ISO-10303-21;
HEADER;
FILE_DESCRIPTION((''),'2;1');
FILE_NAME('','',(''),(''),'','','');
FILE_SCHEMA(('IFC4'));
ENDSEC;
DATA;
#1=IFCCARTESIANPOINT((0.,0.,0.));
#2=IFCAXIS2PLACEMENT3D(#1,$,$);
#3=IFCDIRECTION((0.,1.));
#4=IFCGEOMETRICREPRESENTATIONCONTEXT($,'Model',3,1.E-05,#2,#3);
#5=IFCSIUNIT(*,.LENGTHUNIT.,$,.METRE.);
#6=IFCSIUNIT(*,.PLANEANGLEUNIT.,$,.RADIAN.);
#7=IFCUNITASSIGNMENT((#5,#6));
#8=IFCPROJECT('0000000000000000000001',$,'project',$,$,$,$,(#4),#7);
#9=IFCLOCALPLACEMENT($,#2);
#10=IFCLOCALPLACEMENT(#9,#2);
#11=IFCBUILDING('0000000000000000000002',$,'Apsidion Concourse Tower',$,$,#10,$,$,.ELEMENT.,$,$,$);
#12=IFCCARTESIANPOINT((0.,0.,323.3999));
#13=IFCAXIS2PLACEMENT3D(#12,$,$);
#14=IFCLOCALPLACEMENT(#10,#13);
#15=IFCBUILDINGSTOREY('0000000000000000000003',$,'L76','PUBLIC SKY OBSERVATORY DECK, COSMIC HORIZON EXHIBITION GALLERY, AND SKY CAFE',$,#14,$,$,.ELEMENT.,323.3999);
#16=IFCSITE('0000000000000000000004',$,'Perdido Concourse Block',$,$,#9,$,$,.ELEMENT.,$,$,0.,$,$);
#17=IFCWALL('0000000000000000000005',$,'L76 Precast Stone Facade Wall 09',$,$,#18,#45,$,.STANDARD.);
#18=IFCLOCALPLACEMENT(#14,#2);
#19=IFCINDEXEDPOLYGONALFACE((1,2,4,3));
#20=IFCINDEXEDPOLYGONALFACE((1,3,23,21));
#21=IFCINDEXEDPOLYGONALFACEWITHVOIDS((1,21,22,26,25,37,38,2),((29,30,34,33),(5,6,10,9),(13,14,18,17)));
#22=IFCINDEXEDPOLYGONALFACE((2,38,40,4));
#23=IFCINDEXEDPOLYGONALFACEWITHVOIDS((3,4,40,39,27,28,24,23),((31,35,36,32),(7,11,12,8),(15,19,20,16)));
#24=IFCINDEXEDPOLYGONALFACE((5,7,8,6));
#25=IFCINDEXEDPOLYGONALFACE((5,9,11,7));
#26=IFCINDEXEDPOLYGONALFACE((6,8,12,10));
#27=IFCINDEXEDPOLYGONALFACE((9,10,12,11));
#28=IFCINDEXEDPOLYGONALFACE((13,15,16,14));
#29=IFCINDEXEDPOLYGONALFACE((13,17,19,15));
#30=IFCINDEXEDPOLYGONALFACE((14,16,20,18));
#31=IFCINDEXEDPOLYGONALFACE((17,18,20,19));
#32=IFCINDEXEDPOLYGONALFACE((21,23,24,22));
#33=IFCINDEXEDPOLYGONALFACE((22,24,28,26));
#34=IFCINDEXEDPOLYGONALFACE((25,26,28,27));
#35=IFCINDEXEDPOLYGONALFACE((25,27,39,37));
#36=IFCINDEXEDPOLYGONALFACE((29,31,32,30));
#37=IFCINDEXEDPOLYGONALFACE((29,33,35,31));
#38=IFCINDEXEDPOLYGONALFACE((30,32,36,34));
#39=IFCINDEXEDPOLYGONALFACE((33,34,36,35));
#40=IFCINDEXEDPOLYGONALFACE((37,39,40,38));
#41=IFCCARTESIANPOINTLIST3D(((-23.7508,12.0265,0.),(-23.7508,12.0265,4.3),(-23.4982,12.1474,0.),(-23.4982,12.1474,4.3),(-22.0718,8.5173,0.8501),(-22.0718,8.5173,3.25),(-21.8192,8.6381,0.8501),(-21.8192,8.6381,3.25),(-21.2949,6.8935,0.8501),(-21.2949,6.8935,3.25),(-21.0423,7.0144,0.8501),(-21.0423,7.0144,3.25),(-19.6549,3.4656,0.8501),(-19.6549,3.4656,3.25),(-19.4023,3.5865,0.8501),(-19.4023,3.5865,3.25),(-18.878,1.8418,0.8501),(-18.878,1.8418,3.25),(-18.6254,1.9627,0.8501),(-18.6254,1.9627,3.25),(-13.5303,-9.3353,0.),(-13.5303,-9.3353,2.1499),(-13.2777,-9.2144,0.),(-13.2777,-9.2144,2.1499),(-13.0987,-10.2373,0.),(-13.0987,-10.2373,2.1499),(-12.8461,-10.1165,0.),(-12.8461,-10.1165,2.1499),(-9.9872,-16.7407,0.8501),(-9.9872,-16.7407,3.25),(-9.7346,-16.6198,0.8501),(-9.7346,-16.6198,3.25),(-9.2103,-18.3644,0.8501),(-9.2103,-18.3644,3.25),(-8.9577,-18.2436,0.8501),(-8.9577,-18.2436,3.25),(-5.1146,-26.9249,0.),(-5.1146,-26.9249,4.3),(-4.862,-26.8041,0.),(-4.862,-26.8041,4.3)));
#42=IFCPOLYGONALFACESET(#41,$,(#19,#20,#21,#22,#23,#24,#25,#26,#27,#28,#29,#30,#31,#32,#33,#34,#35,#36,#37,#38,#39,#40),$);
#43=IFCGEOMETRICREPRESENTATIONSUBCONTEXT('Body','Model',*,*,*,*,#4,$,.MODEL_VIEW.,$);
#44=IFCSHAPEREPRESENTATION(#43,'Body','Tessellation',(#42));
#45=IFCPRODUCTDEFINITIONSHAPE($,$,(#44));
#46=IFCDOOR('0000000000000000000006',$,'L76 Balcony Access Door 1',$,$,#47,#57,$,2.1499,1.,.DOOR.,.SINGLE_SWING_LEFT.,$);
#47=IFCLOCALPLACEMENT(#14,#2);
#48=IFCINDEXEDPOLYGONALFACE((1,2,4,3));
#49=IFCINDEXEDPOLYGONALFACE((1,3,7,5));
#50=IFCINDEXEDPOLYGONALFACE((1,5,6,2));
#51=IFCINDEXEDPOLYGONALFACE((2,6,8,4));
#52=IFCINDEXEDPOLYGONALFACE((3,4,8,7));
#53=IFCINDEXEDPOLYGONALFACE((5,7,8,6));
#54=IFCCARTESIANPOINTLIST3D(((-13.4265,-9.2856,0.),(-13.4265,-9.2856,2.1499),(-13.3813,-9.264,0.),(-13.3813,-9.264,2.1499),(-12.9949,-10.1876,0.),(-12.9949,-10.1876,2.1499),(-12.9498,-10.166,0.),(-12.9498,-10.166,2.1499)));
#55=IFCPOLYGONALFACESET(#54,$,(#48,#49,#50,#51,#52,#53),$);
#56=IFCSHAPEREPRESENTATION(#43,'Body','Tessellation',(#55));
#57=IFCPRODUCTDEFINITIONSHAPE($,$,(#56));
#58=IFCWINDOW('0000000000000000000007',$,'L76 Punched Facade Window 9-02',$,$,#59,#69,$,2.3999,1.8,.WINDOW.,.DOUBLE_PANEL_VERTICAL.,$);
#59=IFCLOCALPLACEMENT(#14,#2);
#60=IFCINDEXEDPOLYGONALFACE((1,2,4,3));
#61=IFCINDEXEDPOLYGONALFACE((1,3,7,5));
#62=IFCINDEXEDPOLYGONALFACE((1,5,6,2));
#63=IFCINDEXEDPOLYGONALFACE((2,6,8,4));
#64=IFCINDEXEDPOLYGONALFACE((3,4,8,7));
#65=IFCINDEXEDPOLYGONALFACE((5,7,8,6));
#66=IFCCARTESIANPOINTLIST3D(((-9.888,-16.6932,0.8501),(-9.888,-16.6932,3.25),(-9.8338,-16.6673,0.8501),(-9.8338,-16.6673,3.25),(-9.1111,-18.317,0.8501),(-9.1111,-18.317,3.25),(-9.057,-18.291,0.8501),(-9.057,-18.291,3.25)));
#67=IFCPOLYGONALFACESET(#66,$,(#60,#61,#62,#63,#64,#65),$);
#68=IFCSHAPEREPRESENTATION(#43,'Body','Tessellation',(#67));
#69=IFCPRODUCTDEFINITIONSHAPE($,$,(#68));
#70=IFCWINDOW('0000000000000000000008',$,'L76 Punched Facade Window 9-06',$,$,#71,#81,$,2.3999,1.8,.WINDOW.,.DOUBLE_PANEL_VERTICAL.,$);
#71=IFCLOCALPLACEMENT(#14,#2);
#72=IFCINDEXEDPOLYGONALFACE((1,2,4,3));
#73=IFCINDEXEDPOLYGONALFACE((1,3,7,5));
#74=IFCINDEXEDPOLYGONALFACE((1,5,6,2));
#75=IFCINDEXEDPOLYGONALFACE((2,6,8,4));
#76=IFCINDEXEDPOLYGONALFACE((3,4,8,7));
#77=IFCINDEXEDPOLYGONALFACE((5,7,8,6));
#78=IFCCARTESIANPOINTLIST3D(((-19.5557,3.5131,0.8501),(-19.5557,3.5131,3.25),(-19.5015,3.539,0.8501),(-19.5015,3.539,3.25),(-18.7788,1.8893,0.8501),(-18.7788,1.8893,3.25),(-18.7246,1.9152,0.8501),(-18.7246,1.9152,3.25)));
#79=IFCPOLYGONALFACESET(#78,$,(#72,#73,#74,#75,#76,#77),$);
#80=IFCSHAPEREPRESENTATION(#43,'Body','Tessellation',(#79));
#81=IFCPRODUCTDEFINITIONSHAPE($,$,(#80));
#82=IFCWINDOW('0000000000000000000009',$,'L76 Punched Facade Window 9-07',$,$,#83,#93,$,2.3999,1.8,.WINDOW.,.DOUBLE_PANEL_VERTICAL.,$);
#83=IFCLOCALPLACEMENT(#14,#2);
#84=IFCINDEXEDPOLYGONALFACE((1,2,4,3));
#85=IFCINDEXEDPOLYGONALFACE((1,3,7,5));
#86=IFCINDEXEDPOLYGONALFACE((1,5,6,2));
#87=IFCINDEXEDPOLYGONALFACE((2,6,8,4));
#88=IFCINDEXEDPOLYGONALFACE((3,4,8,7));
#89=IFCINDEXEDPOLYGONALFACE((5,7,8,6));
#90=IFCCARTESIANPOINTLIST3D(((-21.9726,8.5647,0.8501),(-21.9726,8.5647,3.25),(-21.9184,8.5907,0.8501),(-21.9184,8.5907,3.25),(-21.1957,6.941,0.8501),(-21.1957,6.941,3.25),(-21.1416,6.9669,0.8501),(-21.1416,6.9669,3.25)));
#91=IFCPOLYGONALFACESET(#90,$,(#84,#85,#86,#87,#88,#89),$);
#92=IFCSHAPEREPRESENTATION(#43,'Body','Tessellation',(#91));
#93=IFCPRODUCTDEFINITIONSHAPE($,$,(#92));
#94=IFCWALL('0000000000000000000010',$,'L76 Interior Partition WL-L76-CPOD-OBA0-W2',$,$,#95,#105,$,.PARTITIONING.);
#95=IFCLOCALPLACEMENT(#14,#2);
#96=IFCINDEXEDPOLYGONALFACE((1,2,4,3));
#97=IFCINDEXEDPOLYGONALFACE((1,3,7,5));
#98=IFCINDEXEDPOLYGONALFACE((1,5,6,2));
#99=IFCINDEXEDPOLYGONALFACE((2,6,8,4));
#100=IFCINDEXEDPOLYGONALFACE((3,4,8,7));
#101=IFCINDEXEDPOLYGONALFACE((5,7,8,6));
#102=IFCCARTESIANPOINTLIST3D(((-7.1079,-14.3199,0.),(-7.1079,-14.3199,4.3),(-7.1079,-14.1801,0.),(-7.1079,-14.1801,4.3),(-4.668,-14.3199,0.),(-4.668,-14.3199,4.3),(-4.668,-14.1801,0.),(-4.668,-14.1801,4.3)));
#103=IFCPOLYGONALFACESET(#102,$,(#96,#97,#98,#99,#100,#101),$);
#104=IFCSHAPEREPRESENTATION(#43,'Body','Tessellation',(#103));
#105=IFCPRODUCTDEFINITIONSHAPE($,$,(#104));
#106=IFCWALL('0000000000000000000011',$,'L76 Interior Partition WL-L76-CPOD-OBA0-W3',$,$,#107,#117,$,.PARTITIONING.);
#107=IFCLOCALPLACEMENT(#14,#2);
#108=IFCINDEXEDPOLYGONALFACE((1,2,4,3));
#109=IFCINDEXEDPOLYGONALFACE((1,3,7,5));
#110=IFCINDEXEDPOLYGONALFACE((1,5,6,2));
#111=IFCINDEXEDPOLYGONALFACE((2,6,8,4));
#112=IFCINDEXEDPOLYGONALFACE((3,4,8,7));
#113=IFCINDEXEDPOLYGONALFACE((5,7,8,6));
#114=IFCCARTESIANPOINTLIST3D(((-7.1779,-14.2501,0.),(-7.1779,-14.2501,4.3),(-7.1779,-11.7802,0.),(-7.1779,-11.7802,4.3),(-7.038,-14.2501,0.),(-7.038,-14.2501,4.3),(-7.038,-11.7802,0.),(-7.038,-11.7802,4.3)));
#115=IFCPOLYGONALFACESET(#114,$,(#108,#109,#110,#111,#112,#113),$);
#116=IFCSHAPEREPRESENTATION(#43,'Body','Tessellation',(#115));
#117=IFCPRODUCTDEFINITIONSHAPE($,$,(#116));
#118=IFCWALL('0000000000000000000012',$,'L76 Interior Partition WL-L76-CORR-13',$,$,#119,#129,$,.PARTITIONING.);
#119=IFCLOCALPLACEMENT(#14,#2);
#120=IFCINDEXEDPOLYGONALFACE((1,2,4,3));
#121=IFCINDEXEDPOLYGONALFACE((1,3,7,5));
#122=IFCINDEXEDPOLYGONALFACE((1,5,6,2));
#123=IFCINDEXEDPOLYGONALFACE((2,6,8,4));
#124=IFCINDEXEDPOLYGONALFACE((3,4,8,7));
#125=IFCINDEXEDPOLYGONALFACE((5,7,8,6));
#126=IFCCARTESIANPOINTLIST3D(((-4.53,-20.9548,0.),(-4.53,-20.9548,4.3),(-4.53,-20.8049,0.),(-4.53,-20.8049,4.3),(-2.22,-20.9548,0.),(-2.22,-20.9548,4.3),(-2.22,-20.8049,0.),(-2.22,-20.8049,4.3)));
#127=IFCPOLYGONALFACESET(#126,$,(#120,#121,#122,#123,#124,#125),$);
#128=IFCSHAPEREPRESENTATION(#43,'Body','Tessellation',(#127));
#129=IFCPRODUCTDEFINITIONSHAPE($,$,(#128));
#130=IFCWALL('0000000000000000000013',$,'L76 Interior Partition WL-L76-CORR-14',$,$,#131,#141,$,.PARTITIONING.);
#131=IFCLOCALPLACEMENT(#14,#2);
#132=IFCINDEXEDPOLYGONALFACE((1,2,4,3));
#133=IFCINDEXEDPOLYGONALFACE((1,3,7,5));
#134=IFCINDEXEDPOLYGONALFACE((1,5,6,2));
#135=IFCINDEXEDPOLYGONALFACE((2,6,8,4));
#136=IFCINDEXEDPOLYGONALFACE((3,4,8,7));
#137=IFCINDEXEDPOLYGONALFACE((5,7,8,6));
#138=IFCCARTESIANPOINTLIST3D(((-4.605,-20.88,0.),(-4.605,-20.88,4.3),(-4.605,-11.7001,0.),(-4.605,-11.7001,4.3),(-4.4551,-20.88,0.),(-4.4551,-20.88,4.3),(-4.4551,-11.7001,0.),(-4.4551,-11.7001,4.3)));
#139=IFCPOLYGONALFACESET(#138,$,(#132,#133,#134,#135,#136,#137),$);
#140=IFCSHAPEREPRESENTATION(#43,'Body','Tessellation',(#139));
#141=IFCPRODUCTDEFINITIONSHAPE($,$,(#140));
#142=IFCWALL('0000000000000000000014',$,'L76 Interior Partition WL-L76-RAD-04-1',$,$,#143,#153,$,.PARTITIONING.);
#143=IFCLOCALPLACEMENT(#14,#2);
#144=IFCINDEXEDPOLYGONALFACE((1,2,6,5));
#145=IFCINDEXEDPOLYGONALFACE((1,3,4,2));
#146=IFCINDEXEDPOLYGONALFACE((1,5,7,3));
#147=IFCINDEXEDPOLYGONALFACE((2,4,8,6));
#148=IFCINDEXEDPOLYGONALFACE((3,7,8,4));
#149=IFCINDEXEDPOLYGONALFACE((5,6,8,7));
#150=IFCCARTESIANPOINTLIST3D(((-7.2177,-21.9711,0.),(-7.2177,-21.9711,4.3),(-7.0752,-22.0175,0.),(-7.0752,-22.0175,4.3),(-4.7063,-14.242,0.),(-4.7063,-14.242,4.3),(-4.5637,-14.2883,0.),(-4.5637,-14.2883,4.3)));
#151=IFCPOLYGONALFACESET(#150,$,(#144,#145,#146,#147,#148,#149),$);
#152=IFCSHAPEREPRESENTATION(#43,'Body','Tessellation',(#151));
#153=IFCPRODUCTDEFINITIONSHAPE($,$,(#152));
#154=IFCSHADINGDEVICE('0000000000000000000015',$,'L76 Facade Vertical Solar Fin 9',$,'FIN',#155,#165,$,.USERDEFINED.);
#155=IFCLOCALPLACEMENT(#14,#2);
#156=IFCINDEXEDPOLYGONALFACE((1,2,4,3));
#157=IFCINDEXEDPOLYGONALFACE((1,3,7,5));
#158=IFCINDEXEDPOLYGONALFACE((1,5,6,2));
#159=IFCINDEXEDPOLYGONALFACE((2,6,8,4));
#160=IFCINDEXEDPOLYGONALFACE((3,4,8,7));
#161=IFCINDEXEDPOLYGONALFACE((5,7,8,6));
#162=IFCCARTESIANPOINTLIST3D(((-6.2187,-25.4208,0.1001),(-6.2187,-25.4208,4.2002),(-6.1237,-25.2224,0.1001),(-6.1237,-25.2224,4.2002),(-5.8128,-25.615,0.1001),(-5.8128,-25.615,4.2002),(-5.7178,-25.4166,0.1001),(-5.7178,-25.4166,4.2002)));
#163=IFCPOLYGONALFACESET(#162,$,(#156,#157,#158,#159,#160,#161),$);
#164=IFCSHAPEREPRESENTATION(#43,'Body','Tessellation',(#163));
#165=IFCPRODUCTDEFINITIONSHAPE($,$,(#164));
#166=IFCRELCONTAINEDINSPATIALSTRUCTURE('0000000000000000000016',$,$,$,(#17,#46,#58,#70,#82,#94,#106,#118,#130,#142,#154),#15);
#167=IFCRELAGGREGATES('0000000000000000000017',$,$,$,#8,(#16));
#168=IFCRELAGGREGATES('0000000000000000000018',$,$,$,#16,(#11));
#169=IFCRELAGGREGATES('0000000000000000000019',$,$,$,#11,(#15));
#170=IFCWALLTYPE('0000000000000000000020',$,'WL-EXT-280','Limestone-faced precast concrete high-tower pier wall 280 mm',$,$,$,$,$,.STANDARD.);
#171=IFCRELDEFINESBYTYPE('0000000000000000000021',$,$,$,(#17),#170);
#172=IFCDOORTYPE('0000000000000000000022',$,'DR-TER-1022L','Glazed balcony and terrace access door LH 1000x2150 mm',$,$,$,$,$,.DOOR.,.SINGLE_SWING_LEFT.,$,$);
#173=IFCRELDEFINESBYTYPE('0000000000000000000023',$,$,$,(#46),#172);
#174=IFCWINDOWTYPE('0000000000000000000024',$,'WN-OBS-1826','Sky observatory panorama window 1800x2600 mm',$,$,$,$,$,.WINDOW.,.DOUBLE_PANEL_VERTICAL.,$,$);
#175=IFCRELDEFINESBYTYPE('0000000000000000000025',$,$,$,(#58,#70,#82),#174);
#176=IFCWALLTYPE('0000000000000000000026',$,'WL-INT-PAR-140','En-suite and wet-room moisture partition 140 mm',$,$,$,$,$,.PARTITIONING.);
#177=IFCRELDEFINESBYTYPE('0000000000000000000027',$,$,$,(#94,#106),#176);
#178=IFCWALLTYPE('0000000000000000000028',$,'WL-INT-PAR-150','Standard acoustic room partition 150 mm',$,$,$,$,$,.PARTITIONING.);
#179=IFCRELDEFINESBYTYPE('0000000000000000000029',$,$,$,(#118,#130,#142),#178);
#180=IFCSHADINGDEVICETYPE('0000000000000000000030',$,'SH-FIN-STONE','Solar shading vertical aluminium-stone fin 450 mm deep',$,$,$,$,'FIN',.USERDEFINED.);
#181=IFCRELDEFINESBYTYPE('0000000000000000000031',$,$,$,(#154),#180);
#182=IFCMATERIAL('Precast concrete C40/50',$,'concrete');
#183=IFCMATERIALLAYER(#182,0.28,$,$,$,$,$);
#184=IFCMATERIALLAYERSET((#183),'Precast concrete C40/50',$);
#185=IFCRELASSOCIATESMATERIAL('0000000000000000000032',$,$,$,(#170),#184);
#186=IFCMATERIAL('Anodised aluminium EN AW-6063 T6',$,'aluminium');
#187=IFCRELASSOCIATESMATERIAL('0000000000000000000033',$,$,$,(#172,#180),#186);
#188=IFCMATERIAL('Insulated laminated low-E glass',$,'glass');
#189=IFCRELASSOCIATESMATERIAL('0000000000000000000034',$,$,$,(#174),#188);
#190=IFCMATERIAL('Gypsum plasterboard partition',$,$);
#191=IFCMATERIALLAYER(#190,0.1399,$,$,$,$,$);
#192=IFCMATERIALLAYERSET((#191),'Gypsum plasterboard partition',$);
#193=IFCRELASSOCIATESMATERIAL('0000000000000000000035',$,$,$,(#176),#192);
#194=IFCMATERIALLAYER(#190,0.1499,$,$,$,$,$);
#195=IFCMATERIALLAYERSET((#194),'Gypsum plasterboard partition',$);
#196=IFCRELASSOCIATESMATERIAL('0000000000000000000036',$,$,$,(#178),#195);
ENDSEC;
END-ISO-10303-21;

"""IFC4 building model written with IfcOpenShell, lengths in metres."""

from ifc_helpers import new_model, si_unit, direction, frame, frame_2d, origin, origin_2d, place, context, subcontext, project, spatial, rectangle, extrude, material, layer, layer_set, type_object, element, fill, save


model = new_model("IFC4")

# Units and contexts
model_context = context("Model", 3, precision=1e-05, world=origin(), true_north=direction((0.0, 1.0)))
body_context = subcontext(model_context, "Body", "Model", "MODEL_VIEW")
ifc_project = project(units=[si_unit("LENGTHUNIT", "METRE"), si_unit("PLANEANGLEUNIT", "RADIAN")], contexts=[model_context])

# Site, building, storey
site_placement = place(None, origin())
site = spatial("IfcSite", under=ifc_project, at=site_placement, Name="Perdido Concourse Block", CompositionType="ELEMENT", RefElevation=0.0)
building_placement = place(site_placement, origin())
building = spatial("IfcBuilding", under=site, at=building_placement, Name="Apsidion Concourse Tower", CompositionType="ELEMENT")
storey_placement = place(building_placement, frame((0.0, 0.0, 323.3999)))
storey = spatial("IfcBuildingStorey", under=building, at=storey_placement, Name="L76", Description="PUBLIC SKY OBSERVATORY DECK, COSMIC HORIZON EXHIBITION GALLERY, AND SKY CAFE", CompositionType="ELEMENT", Elevation=323.3999)

# Shared definitions
ifc_material_1 = material(Name="Precast concrete C40/50", Category="concrete")
ifc_layer_1 = layer(ifc_material_1, 0.28)
ifc_layer_set_1 = layer_set([ifc_layer_1], Name="Precast concrete C40/50")
wall_type_1 = type_object("IfcWallType", Name="WL-EXT-280", Description="Limestone-faced precast concrete high-tower pier wall 280 mm", PredefinedType="STANDARD", material=ifc_layer_set_1)

# Wall, openings, door, windows
wall_1_placement = place(storey_placement, frame((-4.9883, -26.8645, 0.0), z_axis=(0.0, 0.0, 1.0), x_axis=(-0.431593, 0.902068, 0.0)))
wall_1 = element("IfcWall", 1, at=wall_1_placement, inside=storey, type_object=wall_type_1, Name="L76 Precast Stone Facade Wall 09", PredefinedType="STANDARD", context=body_context, shape_type="SweptSolid", body=[
    extrude(rectangle(XDim=43.1802, YDim=0.28, at=frame_2d((21.5901, 0.0))), origin(), (0.0, 0.0, 1.0), 4.3),
])
opening_1_placement = place(wall_1_placement, frame((18.4993, 0.0, 0.0)))
opening_1 = element("IfcOpeningElement", 2, at=opening_1_placement, cuts=wall_1, PredefinedType="OPENING", context=body_context, shape_type="SweptSolid", body=[
    extrude(rectangle(XDim=1.0, YDim=2.1499, at=frame_2d((0.5, 1.075))), frame((0.0, 0.1499, 0.0), z_axis=(0.0, -1.0, 0.0), x_axis=(1.0, 0.0, 0.0)), (0.0, 0.0, 1.0), 0.3),
])
opening_2_placement = place(wall_1_placement, frame((9.49, 0.0, 0.8501)))
opening_2 = element("IfcOpeningElement", 3, at=opening_2_placement, cuts=wall_1, PredefinedType="OPENING", context=body_context, shape_type="SweptSolid", body=[
    extrude(rectangle(XDim=1.8, YDim=2.3999, at=frame_2d((0.8999, 1.2))), frame((0.0, 0.1499, 0.0), z_axis=(0.0, -1.0, 0.0), x_axis=(1.0, 0.0, 0.0)), (0.0, 0.0, 1.0), 0.3),
])
opening_3_placement = place(wall_1_placement, frame((31.8899, 0.0, 0.8501)))
opening_3 = element("IfcOpeningElement", 4, at=opening_3_placement, cuts=wall_1, PredefinedType="OPENING", context=body_context, shape_type="SweptSolid", body=[
    extrude(rectangle(XDim=1.8, YDim=2.3999, at=frame_2d((0.8999, 1.2))), frame((0.0, 0.1499, 0.0), z_axis=(0.0, -1.0, 0.0), x_axis=(1.0, 0.0, 0.0)), (0.0, 0.0, 1.0), 0.3),
])
opening_4_placement = place(wall_1_placement, frame((37.49, 0.0, 0.8501)))
opening_4 = element("IfcOpeningElement", 5, at=opening_4_placement, cuts=wall_1, PredefinedType="OPENING", context=body_context, shape_type="SweptSolid", body=[
    extrude(rectangle(XDim=1.8, YDim=2.3999, at=frame_2d((0.8999, 1.2))), frame((0.0, 0.1499, 0.0), z_axis=(0.0, -1.0, 0.0), x_axis=(1.0, 0.0, 0.0)), (0.0, 0.0, 1.0), 0.3),
])
ifc_material_2 = material(Name="Anodised aluminium EN AW-6063 T6", Category="aluminium")
door_type = type_object("IfcDoorType", Name="DR-TER-1022L", Description="Glazed balcony and terrace access door LH 1000x2150 mm", OperationType="SINGLE_SWING_LEFT", PredefinedType="DOOR", material=ifc_material_2)
door_placement = place(opening_1_placement, origin())
door = element("IfcDoor", 6, at=door_placement, inside=storey, type_object=door_type, Name="L76 Balcony Access Door 1", OperationType="SINGLE_SWING_LEFT", OverallHeight=2.1499, OverallWidth=1.0, PredefinedType="DOOR", context=body_context, shape_type="SweptSolid", body=[
    extrude(rectangle(XDim=1.0, YDim=2.1499, at=frame_2d((0.5, 1.075))), frame((0.0, 0.0249, 0.0), z_axis=(0.0, -1.0, 0.0), x_axis=(1.0, 0.0, 0.0)), (0.0, 0.0, 1.0), 0.05),
])
fill(opening_1, door)
ifc_material_3 = material(Name="Insulated laminated low-E glass", Category="glass")
window_type = type_object("IfcWindowType", Name="WN-OBS-1826", Description="Sky observatory panorama window 1800x2600 mm", PartitioningType="DOUBLE_PANEL_VERTICAL", PredefinedType="WINDOW", material=ifc_material_3)
window_1_placement = place(opening_2_placement, origin())
window_1 = element("IfcWindow", 7, at=window_1_placement, inside=storey, type_object=window_type, Name="L76 Punched Facade Window 9-02", OverallHeight=2.3999, OverallWidth=1.8, PartitioningType="DOUBLE_PANEL_VERTICAL", PredefinedType="WINDOW", context=body_context, shape_type="SweptSolid", body=[
    extrude(rectangle(XDim=1.8, YDim=2.3999, at=frame_2d((0.8999, 1.2))), frame((0.0, 0.03, 0.0), z_axis=(0.0, -1.0, 0.0), x_axis=(1.0, 0.0, 0.0)), (0.0, 0.0, 1.0), 0.0601),
])
fill(opening_2, window_1)
window_2_placement = place(opening_3_placement, origin())
window_2 = element("IfcWindow", 8, at=window_2_placement, inside=storey, type_object=window_type, Name="L76 Punched Facade Window 9-06", OverallHeight=2.3999, OverallWidth=1.8, PartitioningType="DOUBLE_PANEL_VERTICAL", PredefinedType="WINDOW", context=body_context, shape_type="SweptSolid", body=[
    extrude(rectangle(XDim=1.8, YDim=2.3999, at=frame_2d((0.8999, 1.2))), frame((0.0, 0.03, 0.0), z_axis=(0.0, -1.0, 0.0), x_axis=(1.0, 0.0, 0.0)), (0.0, 0.0, 1.0), 0.0601),
])
fill(opening_3, window_2)
window_3_placement = place(opening_4_placement, origin())
window_3 = element("IfcWindow", 9, at=window_3_placement, inside=storey, type_object=window_type, Name="L76 Punched Facade Window 9-07", OverallHeight=2.3999, OverallWidth=1.8, PartitioningType="DOUBLE_PANEL_VERTICAL", PredefinedType="WINDOW", context=body_context, shape_type="SweptSolid", body=[
    extrude(rectangle(XDim=1.8, YDim=2.3999, at=frame_2d((0.8999, 1.2))), frame((0.0, 0.03, 0.0), z_axis=(0.0, -1.0, 0.0), x_axis=(1.0, 0.0, 0.0)), (0.0, 0.0, 1.0), 0.0601),
])
fill(opening_4, window_3)

# Walls
ifc_material_4 = material(Name="Gypsum plasterboard partition")
ifc_layer_2 = layer(ifc_material_4, 0.1399)
ifc_layer_set_2 = layer_set([ifc_layer_2], Name="Gypsum plasterboard partition")
wall_type_2 = type_object("IfcWallType", Name="WL-INT-PAR-140", Description="En-suite and wet-room moisture partition 140 mm", PredefinedType="PARTITIONING", material=ifc_layer_set_2)
wall_2_placement = place(storey_placement, frame((-4.668, -14.25, 0.0), z_axis=(0.0, 0.0, 1.0), x_axis=(-1.0, 0.0, 0.0)))
element("IfcWall", 10, at=wall_2_placement, inside=storey, type_object=wall_type_2, Name="L76 Interior Partition WL-L76-CPOD-OBA0-W2", PredefinedType="PARTITIONING", context=body_context, shape_type="SweptSolid", body=[
    extrude(rectangle(XDim=2.4399, YDim=0.1399, at=frame_2d((1.22, 0.0))), origin(), (0.0, 0.0, 1.0), 4.3),
])
wall_3_placement = place(storey_placement, frame((-7.1079, -14.25, 0.0), z_axis=(0.0, 0.0, 1.0), x_axis=(0.0, 1.0, 0.0)))
element("IfcWall", 11, at=wall_3_placement, inside=storey, type_object=wall_type_2, Name="L76 Interior Partition WL-L76-CPOD-OBA0-W3", PredefinedType="PARTITIONING", context=body_context, shape_type="SweptSolid", body=[
    extrude(rectangle(XDim=2.47, YDim=0.1399, at=frame_2d((1.2349, 0.0))), origin(), (0.0, 0.0, 1.0), 4.3),
])
ifc_layer_3 = layer(ifc_material_4, 0.1499)
ifc_layer_set_3 = layer_set([ifc_layer_3], Name="Gypsum plasterboard partition")
wall_type_3 = type_object("IfcWallType", Name="WL-INT-PAR-150", Description="Standard acoustic room partition 150 mm", PredefinedType="PARTITIONING", material=ifc_layer_set_3)
wall_4_placement = place(storey_placement, frame((-2.22, -20.8799, 0.0), z_axis=(0.0, 0.0, 1.0), x_axis=(-1.0, 0.0, 0.0)))
element("IfcWall", 12, at=wall_4_placement, inside=storey, type_object=wall_type_3, Name="L76 Interior Partition WL-L76-CORR-13", PredefinedType="PARTITIONING", context=body_context, shape_type="SweptSolid", body=[
    extrude(rectangle(XDim=2.3101, YDim=0.1499, at=frame_2d((1.155, 0.0))), origin(), (0.0, 0.0, 1.0), 4.3),
])
wall_5_placement = place(storey_placement, frame((-4.53, -20.8799, 0.0), z_axis=(0.0, 0.0, 1.0), x_axis=(0.0, 1.0, 0.0)))
element("IfcWall", 13, at=wall_5_placement, inside=storey, type_object=wall_type_3, Name="L76 Interior Partition WL-L76-CORR-14", PredefinedType="PARTITIONING", context=body_context, shape_type="SweptSolid", body=[
    extrude(rectangle(XDim=9.1799, YDim=0.1499, at=frame_2d((4.5898, 0.0))), origin(), (0.0, 0.0, 1.0), 4.3),
])
wall_6_placement = place(storey_placement, frame((-4.635, -14.2651, 0.0), z_axis=(0.0, 0.0, 1.0), x_axis=(-0.309027, -0.951053, 0.0)))
element("IfcWall", 14, at=wall_6_placement, inside=storey, type_object=wall_type_3, Name="L76 Interior Partition WL-L76-RAD-04-1", PredefinedType="PARTITIONING", context=body_context, shape_type="SweptSolid", body=[
    extrude(rectangle(XDim=8.127, YDim=0.1499, at=frame_2d((4.0635, 0.0))), origin(), (0.0, 0.0, 1.0), 4.3),
])

# Shading device
shading_device_type = type_object("IfcShadingDeviceType", Name="SH-FIN-STONE", Description="Solar shading vertical aluminium-stone fin 450 mm deep", ElementType="FIN", PredefinedType="USERDEFINED", material=ifc_material_2)
shading_device_placement = place(storey_placement, frame((-5.9683, -25.4187, 0.1001), z_axis=(0.0, 0.0, 1.0), x_axis=(-0.431613, -0.902059, 0.0)))
element("IfcShadingDevice", 15, at=shading_device_placement, inside=storey, type_object=shading_device_type, Name="L76 Facade Vertical Solar Fin 9", ObjectType="FIN", PredefinedType="USERDEFINED", context=body_context, shape_type="SweptSolid", body=[
    extrude(rectangle(XDim=0.22, YDim=0.45, at=origin_2d()), origin(), (0.0, 0.0, 1.0), 4.1001),
])

save(model, "model.ifc")
